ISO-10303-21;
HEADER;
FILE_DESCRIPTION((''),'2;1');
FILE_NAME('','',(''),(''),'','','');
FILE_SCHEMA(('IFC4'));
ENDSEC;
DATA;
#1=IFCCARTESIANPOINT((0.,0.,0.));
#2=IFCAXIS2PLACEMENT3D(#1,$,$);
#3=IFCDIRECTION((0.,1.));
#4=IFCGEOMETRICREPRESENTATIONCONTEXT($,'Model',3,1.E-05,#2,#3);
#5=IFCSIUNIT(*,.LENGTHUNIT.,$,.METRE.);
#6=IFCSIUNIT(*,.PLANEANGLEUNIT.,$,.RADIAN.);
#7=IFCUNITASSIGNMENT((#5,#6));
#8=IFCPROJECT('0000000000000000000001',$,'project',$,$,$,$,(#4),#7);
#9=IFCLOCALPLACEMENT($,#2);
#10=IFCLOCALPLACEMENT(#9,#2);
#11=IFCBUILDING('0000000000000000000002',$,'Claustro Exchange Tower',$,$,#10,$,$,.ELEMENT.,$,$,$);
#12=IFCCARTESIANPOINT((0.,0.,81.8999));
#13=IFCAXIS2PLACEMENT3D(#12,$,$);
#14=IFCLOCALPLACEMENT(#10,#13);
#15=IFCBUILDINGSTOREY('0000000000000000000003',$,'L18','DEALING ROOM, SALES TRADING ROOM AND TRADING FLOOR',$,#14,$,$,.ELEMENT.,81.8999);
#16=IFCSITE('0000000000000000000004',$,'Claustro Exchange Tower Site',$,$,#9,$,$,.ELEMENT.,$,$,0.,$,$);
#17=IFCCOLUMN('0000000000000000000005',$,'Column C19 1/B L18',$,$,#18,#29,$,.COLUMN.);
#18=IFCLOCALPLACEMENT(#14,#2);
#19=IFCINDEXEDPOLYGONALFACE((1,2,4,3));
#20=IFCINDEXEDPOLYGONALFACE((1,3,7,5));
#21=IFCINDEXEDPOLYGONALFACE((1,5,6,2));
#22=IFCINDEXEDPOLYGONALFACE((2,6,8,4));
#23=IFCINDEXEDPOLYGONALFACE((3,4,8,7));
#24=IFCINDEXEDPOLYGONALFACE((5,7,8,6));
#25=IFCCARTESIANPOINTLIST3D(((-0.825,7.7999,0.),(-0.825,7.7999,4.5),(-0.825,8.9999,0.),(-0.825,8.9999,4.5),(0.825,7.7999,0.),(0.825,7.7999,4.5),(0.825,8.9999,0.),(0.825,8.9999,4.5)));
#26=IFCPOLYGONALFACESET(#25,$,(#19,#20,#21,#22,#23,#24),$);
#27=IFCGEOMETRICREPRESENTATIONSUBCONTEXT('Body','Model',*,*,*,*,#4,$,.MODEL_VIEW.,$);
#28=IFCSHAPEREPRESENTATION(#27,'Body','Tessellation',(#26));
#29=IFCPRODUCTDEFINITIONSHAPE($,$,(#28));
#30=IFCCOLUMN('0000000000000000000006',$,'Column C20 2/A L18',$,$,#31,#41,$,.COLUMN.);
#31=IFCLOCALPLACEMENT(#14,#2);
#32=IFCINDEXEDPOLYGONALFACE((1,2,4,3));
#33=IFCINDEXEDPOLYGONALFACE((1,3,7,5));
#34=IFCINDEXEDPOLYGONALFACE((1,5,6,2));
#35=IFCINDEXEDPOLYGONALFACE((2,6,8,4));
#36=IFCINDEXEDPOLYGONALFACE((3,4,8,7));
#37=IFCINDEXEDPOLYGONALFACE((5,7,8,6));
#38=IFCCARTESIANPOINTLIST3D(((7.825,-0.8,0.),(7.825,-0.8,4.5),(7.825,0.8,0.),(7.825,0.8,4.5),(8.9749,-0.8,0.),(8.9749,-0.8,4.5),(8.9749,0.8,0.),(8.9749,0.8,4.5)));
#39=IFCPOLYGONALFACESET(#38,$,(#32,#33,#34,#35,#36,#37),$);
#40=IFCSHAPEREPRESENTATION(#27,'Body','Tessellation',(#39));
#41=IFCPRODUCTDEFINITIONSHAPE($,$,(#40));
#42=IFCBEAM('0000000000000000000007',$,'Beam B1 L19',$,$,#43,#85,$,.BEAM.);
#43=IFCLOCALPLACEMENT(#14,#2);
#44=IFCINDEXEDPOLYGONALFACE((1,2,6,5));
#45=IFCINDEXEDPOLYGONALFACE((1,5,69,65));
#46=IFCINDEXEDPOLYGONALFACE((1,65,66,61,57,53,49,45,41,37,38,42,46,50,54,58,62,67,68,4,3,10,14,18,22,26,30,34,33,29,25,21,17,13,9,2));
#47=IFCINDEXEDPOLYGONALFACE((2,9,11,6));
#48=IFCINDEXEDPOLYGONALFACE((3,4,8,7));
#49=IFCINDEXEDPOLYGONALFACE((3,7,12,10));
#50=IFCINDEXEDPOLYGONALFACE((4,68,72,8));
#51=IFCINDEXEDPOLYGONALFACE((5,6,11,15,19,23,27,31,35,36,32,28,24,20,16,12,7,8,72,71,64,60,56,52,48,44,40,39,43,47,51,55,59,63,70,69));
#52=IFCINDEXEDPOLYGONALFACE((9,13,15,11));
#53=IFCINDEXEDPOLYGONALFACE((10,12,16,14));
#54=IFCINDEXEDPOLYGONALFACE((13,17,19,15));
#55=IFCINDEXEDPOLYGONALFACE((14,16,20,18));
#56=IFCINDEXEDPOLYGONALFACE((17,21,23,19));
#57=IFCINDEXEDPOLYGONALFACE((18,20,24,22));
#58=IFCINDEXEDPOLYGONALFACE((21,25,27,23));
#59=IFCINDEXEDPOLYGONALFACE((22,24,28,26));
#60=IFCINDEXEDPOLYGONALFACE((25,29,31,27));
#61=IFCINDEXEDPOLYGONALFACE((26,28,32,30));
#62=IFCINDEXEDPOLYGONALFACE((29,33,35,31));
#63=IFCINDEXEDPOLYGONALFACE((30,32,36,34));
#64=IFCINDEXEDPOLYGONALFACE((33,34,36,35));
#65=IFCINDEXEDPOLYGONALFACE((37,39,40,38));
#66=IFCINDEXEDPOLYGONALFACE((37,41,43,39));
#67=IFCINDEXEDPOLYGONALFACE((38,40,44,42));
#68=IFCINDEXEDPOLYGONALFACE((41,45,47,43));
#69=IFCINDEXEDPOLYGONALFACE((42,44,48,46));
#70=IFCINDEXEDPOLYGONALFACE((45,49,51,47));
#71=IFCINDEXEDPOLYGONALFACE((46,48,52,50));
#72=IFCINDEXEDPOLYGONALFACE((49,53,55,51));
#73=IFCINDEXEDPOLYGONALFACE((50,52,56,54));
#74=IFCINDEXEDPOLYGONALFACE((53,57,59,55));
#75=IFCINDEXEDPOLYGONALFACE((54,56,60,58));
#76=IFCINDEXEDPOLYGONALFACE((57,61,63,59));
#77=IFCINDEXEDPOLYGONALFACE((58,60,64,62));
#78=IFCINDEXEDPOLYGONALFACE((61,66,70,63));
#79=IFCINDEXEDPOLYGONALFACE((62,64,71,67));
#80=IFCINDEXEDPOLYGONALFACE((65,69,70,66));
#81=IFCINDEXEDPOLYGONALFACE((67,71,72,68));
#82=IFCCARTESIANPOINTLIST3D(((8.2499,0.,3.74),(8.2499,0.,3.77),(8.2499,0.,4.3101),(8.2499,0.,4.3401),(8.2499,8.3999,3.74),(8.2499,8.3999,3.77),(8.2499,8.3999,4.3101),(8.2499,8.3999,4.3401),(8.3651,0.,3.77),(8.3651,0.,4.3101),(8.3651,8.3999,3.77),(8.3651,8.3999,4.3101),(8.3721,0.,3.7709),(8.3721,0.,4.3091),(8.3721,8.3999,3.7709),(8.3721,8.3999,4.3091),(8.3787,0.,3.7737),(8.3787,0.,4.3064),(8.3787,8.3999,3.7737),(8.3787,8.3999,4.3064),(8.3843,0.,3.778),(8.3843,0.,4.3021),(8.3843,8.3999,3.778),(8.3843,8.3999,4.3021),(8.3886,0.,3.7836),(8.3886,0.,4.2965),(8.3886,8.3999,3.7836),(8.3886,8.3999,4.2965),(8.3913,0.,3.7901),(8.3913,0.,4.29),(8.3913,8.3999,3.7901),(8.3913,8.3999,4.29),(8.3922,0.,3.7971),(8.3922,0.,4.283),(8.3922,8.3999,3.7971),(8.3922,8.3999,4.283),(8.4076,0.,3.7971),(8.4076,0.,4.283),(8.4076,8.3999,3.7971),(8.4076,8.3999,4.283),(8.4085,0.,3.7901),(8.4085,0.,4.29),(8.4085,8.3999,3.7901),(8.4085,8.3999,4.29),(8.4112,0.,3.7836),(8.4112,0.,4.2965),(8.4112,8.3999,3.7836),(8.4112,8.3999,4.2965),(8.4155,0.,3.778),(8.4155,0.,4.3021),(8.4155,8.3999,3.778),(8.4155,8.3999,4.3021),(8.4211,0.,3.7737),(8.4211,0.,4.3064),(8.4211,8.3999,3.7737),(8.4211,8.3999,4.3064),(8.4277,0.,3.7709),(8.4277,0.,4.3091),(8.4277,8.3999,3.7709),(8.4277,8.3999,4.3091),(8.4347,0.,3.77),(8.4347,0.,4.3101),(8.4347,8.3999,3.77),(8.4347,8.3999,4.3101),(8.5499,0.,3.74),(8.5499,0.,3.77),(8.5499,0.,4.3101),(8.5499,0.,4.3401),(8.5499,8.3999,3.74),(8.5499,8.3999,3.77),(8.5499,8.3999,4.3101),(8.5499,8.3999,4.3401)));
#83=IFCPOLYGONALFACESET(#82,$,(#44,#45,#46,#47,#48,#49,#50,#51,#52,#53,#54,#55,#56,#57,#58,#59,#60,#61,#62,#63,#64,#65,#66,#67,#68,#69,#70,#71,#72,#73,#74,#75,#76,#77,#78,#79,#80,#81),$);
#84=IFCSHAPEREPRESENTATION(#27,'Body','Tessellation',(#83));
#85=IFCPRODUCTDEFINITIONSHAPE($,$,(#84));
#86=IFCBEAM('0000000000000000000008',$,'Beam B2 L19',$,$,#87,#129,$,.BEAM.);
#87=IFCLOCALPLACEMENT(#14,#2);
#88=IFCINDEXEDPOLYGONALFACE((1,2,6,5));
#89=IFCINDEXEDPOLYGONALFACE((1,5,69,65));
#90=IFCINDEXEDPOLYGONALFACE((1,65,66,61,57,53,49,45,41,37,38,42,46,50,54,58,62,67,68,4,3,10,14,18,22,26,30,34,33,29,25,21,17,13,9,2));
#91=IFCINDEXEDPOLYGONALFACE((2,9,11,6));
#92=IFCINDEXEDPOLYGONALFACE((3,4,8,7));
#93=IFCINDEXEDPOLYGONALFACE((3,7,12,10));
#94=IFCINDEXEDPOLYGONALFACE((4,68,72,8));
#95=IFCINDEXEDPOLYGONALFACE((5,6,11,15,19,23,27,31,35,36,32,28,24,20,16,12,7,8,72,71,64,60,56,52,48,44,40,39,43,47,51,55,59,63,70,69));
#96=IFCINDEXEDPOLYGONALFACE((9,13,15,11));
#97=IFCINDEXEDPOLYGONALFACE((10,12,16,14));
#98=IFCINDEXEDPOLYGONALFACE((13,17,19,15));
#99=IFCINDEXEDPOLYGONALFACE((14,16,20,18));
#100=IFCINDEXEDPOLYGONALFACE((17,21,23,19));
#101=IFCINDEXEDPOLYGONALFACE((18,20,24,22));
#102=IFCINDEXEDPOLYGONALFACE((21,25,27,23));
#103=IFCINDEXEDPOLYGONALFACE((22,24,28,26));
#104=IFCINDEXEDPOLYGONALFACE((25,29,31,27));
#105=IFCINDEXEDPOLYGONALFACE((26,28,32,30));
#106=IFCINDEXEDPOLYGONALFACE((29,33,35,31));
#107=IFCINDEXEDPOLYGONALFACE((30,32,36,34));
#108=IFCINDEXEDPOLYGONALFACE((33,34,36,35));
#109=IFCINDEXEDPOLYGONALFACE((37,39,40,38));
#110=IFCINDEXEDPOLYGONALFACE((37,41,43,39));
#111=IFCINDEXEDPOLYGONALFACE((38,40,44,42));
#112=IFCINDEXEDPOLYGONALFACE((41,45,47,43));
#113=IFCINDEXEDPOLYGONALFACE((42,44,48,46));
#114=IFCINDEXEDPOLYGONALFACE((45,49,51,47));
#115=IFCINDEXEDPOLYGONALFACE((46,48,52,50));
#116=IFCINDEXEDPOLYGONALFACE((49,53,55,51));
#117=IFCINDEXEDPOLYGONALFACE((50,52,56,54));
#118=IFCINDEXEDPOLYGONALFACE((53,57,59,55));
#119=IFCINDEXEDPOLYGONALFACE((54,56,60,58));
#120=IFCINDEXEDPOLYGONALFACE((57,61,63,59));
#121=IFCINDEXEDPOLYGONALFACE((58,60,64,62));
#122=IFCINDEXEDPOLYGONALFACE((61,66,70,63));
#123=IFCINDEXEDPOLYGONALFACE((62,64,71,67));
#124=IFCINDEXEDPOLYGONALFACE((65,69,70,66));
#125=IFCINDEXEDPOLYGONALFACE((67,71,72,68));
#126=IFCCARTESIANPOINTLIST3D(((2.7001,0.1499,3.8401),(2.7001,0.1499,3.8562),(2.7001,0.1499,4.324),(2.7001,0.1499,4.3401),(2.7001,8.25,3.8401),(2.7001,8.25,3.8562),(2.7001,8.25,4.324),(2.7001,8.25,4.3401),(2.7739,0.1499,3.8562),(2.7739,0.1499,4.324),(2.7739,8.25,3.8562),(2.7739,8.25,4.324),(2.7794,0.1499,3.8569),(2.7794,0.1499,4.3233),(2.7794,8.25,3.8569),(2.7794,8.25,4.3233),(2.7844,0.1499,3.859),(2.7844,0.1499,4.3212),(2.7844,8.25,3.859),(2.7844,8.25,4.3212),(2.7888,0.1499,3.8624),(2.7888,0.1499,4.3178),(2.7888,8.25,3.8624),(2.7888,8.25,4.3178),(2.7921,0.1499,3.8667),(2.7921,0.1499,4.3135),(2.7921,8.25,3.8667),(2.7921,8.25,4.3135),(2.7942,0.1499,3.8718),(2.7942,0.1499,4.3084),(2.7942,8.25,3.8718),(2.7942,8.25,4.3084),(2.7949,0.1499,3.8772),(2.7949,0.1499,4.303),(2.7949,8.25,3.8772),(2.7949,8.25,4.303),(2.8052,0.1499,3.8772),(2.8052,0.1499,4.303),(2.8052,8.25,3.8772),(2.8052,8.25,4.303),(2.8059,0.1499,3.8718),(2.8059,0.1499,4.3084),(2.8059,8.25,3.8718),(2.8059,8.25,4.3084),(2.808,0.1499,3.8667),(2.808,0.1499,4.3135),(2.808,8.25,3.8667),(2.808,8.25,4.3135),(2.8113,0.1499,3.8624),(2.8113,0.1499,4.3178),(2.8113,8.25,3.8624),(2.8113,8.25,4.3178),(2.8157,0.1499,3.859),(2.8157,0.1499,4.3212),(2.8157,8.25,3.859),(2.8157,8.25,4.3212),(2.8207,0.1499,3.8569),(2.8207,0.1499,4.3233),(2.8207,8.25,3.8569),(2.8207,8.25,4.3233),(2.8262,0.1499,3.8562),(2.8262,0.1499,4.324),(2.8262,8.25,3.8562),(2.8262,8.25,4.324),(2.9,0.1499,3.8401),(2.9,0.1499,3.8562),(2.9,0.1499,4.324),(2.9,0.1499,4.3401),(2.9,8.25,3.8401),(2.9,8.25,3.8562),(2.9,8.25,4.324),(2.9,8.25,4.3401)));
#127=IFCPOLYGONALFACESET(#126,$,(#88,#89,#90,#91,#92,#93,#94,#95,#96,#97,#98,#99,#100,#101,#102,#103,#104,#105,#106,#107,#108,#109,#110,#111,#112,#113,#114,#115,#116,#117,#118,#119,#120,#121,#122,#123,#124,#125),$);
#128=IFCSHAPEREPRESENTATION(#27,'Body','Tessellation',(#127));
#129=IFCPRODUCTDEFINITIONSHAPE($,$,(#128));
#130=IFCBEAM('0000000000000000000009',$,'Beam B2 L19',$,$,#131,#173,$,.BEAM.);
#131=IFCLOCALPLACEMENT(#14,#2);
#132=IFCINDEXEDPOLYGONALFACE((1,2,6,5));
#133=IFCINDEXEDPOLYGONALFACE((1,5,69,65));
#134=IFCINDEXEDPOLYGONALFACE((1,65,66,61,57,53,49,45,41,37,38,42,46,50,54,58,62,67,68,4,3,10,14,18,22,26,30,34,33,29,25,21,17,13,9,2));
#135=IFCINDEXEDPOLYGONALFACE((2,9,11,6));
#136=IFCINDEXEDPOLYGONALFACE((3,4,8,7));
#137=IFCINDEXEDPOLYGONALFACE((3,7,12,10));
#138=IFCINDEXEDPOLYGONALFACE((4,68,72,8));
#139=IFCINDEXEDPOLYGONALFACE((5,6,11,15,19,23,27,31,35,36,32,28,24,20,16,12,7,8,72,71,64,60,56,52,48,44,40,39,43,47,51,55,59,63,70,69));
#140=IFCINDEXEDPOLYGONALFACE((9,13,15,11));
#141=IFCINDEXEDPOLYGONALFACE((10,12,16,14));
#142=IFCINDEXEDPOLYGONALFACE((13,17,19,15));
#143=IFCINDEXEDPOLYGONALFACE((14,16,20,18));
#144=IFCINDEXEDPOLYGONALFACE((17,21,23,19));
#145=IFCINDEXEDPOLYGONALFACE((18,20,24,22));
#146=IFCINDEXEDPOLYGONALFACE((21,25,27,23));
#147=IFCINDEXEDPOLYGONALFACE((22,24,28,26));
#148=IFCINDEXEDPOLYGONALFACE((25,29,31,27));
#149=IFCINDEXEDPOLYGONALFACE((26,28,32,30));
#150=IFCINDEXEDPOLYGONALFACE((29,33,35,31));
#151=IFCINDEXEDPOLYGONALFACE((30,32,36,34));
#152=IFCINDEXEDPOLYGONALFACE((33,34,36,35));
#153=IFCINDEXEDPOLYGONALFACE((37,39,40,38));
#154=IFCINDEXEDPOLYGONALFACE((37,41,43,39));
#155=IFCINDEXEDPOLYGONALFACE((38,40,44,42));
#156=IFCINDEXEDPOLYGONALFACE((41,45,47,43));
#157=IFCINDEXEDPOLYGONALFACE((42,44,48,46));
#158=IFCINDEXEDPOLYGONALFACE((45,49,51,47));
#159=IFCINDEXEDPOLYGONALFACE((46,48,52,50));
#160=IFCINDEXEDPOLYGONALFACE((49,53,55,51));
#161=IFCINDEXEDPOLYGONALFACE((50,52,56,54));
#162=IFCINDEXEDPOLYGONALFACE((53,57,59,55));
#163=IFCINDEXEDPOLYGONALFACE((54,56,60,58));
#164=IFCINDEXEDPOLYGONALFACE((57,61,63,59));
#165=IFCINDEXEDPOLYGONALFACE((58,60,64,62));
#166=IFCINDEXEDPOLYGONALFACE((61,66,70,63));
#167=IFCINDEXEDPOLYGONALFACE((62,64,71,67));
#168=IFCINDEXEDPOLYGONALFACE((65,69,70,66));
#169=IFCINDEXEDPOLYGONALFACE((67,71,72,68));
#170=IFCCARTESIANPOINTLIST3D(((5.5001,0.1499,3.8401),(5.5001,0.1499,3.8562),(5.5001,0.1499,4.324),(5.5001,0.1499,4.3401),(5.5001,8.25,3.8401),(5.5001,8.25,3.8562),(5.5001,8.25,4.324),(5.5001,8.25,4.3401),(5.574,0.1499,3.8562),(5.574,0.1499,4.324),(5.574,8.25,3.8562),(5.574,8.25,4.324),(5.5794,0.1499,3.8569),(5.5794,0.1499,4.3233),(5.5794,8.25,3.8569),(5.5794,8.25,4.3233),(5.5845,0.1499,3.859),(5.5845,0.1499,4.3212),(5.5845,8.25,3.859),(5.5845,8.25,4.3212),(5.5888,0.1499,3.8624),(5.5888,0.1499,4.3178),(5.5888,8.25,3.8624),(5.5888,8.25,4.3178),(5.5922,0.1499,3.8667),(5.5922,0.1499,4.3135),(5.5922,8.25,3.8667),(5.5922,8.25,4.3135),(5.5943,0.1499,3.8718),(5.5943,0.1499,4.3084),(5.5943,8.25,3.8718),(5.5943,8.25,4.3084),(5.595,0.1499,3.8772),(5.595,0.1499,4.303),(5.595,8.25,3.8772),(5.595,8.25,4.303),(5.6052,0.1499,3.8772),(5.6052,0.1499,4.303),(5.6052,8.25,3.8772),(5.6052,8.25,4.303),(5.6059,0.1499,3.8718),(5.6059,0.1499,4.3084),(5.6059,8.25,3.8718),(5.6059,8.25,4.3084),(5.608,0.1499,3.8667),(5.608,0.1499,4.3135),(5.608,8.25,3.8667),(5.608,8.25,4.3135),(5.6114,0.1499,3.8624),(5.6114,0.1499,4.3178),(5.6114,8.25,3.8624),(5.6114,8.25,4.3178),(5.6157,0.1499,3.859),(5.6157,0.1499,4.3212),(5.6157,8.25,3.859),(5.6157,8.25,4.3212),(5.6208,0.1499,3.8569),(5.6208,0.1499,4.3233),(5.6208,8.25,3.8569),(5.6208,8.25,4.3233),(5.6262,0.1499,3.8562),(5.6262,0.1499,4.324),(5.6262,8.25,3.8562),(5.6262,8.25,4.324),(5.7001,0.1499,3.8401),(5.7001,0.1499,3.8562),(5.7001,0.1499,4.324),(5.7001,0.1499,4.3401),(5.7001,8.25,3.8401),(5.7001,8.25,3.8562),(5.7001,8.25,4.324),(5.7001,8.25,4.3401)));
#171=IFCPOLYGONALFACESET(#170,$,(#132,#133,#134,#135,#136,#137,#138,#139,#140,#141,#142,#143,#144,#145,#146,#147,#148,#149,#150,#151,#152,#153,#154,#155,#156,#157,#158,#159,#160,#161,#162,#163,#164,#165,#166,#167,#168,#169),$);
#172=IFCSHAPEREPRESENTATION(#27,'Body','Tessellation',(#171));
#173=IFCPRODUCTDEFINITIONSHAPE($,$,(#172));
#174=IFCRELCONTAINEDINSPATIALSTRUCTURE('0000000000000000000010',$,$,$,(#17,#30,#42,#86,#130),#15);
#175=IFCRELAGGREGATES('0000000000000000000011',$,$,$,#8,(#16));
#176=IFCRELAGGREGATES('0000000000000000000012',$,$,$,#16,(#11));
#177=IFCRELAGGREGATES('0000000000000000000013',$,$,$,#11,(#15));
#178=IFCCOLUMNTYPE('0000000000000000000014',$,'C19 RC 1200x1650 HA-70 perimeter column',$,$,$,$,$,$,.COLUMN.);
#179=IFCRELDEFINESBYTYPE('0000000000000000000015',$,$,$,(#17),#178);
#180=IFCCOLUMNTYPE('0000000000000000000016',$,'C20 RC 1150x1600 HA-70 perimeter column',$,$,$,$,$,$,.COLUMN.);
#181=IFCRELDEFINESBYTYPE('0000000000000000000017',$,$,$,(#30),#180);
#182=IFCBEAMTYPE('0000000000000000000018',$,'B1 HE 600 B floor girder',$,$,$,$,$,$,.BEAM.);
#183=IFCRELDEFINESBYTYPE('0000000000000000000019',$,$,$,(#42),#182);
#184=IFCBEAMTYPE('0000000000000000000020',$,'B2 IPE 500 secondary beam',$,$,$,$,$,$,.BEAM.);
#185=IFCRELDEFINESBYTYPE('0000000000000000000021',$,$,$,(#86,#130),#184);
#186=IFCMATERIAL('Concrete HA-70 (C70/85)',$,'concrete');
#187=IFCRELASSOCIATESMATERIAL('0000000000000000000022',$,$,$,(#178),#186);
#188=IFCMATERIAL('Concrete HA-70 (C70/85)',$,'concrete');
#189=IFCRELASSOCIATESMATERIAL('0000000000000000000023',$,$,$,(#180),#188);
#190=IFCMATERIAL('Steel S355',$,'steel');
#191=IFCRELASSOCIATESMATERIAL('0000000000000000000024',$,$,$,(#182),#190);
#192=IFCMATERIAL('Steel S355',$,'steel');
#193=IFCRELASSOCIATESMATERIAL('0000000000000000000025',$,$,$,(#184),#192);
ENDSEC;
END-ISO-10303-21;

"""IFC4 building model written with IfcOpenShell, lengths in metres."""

from ifc_helpers import new_model, si_unit, direction, frame, origin, origin_2d, place, context, subcontext, project, spatial, rectangle, i_section, extrude, material, material_profile, profile_set, type_object, element, save


model = new_model("IFC4")

# Units and contexts
model_context = context("Model", 3, precision=1e-05, world=origin(), true_north=direction((0.0, 1.0)))
body_context = subcontext(model_context, "Body", "Model", "MODEL_VIEW")
ifc_project = project(units=[si_unit("LENGTHUNIT", "METRE"), si_unit("PLANEANGLEUNIT", "RADIAN")], contexts=[model_context])

# Site, building, storey
site_placement = place(None, origin())
site = spatial("IfcSite", under=ifc_project, at=site_placement, Name="Claustro Exchange Tower Site", CompositionType="ELEMENT", RefElevation=0.0)
building_placement = place(site_placement, origin())
building = spatial("IfcBuilding", under=site, at=building_placement, Name="Claustro Exchange Tower", CompositionType="ELEMENT")
storey_placement = place(building_placement, frame((0.0, 0.0, 81.8999)))
storey = spatial("IfcBuildingStorey", under=building, at=storey_placement, Name="L18", Description="DEALING ROOM, SALES TRADING ROOM AND TRADING FLOOR", CompositionType="ELEMENT", Elevation=81.8999)

# Columns
ifc_material_1 = material(Name="Concrete HA-70 (C70/85)", Category="concrete")
ifc_material_profile_1 = material_profile(ifc_material_1, rectangle(XDim=1.2, YDim=1.6499, at=origin_2d()), Name="RC 1200x1650")
ifc_profile_set_1 = profile_set([ifc_material_profile_1], Name="Concrete HA-70 (C70/85)")
column_type_1 = type_object("IfcColumnType", Name="C19 RC 1200x1650 HA-70 perimeter column", PredefinedType="COLUMN", material=ifc_profile_set_1)
column_1_placement = place(storey_placement, frame((0.0, 8.3999, 0.0), z_axis=(0.0, 0.0, 1.0), x_axis=(0.0, 1.0, 0.0)))
element("IfcColumn", 1, at=column_1_placement, inside=storey, type_object=column_type_1, Name="Column C19 1/B L18", PredefinedType="COLUMN", context=body_context, shape_type="SweptSolid", body=[
    extrude(rectangle(XDim=1.2, YDim=1.6499, at=origin_2d()), origin(), (0.0, 0.0, 1.0), 4.5),
])
ifc_material_2 = material(Name="Concrete HA-70 (C70/85)", Category="concrete")
ifc_material_profile_2 = material_profile(ifc_material_2, rectangle(XDim=1.1499, YDim=1.6001, at=origin_2d()), Name="RC 1150x1600")
ifc_profile_set_2 = profile_set([ifc_material_profile_2], Name="Concrete HA-70 (C70/85)")
column_type_2 = type_object("IfcColumnType", Name="C20 RC 1150x1600 HA-70 perimeter column", PredefinedType="COLUMN", material=ifc_profile_set_2)
column_2_placement = place(storey_placement, frame((8.3999, 0.0, 0.0), z_axis=(0.0, 0.0, 1.0), x_axis=(1.0, 0.0, 0.0)))
element("IfcColumn", 2, at=column_2_placement, inside=storey, type_object=column_type_2, Name="Column C20 2/A L18", PredefinedType="COLUMN", context=body_context, shape_type="SweptSolid", body=[
    extrude(rectangle(XDim=1.1499, YDim=1.6001, at=origin_2d()), origin(), (0.0, 0.0, 1.0), 4.5),
])

# Beams
ifc_material_3 = material(Name="Steel S355", Category="steel")
ifc_material_profile_3 = material_profile(ifc_material_3, i_section(OverallWidth=0.3, OverallDepth=0.6001, WebThickness=0.0154, FlangeThickness=0.03, FilletRadius=0.0271, at=origin_2d()), Name="HE 600 B")
ifc_profile_set_3 = profile_set([ifc_material_profile_3], Name="Steel S355")
beam_type_1 = type_object("IfcBeamType", Name="B1 HE 600 B floor girder", PredefinedType="BEAM", material=ifc_profile_set_3)
beam_1_placement = place(storey_placement, frame((8.3999, 0.0, 4.04), z_axis=(0.0, 1.0, 0.0), x_axis=(-1.0, 0.0, 0.0)))
element("IfcBeam", 3, at=beam_1_placement, inside=storey, type_object=beam_type_1, Name="Beam B1 L19", PredefinedType="BEAM", context=body_context, shape_type="SweptSolid", body=[
    extrude(i_section(OverallWidth=0.3, OverallDepth=0.6001, WebThickness=0.0154, FlangeThickness=0.03, FilletRadius=0.0271, at=origin_2d()), origin(), (0.0, 0.0, 1.0), 8.3999),
])
ifc_material_4 = material(Name="Steel S355", Category="steel")
ifc_material_profile_4 = material_profile(ifc_material_4, i_section(OverallWidth=0.2, OverallDepth=0.5, WebThickness=0.0103, FlangeThickness=0.0161, FilletRadius=0.021, at=origin_2d()), Name="IPE 500")
ifc_profile_set_4 = profile_set([ifc_material_profile_4], Name="Steel S355")
beam_type_2 = type_object("IfcBeamType", Name="B2 IPE 500 secondary beam", PredefinedType="BEAM", material=ifc_profile_set_4)
for number, where, z_axis, x_axis, name in (
    (4, (2.8, 0.1499, 4.0901), (0.0, 1.0, 0.0), (-1.0, 0.0, 0.0), "Beam B2 L19"),
    (5, (5.6001, 0.1499, 4.0901), (0.0, 1.0, 0.0), (-1.0, 0.0, 0.0), "Beam B2 L19"),
):
    element("IfcBeam", number, at=place(storey_placement, frame(where, z_axis=z_axis, x_axis=x_axis)), inside=storey, type_object=beam_type_2, Name=name, PredefinedType="BEAM", context=body_context, shape_type="SweptSolid", body=[
        extrude(i_section(OverallWidth=0.2, OverallDepth=0.5, WebThickness=0.0103, FlangeThickness=0.0161, FilletRadius=0.021, at=origin_2d()), origin(), (0.0, 0.0, 1.0), 8.1001),
    ])

save(model, "model.ifc")
